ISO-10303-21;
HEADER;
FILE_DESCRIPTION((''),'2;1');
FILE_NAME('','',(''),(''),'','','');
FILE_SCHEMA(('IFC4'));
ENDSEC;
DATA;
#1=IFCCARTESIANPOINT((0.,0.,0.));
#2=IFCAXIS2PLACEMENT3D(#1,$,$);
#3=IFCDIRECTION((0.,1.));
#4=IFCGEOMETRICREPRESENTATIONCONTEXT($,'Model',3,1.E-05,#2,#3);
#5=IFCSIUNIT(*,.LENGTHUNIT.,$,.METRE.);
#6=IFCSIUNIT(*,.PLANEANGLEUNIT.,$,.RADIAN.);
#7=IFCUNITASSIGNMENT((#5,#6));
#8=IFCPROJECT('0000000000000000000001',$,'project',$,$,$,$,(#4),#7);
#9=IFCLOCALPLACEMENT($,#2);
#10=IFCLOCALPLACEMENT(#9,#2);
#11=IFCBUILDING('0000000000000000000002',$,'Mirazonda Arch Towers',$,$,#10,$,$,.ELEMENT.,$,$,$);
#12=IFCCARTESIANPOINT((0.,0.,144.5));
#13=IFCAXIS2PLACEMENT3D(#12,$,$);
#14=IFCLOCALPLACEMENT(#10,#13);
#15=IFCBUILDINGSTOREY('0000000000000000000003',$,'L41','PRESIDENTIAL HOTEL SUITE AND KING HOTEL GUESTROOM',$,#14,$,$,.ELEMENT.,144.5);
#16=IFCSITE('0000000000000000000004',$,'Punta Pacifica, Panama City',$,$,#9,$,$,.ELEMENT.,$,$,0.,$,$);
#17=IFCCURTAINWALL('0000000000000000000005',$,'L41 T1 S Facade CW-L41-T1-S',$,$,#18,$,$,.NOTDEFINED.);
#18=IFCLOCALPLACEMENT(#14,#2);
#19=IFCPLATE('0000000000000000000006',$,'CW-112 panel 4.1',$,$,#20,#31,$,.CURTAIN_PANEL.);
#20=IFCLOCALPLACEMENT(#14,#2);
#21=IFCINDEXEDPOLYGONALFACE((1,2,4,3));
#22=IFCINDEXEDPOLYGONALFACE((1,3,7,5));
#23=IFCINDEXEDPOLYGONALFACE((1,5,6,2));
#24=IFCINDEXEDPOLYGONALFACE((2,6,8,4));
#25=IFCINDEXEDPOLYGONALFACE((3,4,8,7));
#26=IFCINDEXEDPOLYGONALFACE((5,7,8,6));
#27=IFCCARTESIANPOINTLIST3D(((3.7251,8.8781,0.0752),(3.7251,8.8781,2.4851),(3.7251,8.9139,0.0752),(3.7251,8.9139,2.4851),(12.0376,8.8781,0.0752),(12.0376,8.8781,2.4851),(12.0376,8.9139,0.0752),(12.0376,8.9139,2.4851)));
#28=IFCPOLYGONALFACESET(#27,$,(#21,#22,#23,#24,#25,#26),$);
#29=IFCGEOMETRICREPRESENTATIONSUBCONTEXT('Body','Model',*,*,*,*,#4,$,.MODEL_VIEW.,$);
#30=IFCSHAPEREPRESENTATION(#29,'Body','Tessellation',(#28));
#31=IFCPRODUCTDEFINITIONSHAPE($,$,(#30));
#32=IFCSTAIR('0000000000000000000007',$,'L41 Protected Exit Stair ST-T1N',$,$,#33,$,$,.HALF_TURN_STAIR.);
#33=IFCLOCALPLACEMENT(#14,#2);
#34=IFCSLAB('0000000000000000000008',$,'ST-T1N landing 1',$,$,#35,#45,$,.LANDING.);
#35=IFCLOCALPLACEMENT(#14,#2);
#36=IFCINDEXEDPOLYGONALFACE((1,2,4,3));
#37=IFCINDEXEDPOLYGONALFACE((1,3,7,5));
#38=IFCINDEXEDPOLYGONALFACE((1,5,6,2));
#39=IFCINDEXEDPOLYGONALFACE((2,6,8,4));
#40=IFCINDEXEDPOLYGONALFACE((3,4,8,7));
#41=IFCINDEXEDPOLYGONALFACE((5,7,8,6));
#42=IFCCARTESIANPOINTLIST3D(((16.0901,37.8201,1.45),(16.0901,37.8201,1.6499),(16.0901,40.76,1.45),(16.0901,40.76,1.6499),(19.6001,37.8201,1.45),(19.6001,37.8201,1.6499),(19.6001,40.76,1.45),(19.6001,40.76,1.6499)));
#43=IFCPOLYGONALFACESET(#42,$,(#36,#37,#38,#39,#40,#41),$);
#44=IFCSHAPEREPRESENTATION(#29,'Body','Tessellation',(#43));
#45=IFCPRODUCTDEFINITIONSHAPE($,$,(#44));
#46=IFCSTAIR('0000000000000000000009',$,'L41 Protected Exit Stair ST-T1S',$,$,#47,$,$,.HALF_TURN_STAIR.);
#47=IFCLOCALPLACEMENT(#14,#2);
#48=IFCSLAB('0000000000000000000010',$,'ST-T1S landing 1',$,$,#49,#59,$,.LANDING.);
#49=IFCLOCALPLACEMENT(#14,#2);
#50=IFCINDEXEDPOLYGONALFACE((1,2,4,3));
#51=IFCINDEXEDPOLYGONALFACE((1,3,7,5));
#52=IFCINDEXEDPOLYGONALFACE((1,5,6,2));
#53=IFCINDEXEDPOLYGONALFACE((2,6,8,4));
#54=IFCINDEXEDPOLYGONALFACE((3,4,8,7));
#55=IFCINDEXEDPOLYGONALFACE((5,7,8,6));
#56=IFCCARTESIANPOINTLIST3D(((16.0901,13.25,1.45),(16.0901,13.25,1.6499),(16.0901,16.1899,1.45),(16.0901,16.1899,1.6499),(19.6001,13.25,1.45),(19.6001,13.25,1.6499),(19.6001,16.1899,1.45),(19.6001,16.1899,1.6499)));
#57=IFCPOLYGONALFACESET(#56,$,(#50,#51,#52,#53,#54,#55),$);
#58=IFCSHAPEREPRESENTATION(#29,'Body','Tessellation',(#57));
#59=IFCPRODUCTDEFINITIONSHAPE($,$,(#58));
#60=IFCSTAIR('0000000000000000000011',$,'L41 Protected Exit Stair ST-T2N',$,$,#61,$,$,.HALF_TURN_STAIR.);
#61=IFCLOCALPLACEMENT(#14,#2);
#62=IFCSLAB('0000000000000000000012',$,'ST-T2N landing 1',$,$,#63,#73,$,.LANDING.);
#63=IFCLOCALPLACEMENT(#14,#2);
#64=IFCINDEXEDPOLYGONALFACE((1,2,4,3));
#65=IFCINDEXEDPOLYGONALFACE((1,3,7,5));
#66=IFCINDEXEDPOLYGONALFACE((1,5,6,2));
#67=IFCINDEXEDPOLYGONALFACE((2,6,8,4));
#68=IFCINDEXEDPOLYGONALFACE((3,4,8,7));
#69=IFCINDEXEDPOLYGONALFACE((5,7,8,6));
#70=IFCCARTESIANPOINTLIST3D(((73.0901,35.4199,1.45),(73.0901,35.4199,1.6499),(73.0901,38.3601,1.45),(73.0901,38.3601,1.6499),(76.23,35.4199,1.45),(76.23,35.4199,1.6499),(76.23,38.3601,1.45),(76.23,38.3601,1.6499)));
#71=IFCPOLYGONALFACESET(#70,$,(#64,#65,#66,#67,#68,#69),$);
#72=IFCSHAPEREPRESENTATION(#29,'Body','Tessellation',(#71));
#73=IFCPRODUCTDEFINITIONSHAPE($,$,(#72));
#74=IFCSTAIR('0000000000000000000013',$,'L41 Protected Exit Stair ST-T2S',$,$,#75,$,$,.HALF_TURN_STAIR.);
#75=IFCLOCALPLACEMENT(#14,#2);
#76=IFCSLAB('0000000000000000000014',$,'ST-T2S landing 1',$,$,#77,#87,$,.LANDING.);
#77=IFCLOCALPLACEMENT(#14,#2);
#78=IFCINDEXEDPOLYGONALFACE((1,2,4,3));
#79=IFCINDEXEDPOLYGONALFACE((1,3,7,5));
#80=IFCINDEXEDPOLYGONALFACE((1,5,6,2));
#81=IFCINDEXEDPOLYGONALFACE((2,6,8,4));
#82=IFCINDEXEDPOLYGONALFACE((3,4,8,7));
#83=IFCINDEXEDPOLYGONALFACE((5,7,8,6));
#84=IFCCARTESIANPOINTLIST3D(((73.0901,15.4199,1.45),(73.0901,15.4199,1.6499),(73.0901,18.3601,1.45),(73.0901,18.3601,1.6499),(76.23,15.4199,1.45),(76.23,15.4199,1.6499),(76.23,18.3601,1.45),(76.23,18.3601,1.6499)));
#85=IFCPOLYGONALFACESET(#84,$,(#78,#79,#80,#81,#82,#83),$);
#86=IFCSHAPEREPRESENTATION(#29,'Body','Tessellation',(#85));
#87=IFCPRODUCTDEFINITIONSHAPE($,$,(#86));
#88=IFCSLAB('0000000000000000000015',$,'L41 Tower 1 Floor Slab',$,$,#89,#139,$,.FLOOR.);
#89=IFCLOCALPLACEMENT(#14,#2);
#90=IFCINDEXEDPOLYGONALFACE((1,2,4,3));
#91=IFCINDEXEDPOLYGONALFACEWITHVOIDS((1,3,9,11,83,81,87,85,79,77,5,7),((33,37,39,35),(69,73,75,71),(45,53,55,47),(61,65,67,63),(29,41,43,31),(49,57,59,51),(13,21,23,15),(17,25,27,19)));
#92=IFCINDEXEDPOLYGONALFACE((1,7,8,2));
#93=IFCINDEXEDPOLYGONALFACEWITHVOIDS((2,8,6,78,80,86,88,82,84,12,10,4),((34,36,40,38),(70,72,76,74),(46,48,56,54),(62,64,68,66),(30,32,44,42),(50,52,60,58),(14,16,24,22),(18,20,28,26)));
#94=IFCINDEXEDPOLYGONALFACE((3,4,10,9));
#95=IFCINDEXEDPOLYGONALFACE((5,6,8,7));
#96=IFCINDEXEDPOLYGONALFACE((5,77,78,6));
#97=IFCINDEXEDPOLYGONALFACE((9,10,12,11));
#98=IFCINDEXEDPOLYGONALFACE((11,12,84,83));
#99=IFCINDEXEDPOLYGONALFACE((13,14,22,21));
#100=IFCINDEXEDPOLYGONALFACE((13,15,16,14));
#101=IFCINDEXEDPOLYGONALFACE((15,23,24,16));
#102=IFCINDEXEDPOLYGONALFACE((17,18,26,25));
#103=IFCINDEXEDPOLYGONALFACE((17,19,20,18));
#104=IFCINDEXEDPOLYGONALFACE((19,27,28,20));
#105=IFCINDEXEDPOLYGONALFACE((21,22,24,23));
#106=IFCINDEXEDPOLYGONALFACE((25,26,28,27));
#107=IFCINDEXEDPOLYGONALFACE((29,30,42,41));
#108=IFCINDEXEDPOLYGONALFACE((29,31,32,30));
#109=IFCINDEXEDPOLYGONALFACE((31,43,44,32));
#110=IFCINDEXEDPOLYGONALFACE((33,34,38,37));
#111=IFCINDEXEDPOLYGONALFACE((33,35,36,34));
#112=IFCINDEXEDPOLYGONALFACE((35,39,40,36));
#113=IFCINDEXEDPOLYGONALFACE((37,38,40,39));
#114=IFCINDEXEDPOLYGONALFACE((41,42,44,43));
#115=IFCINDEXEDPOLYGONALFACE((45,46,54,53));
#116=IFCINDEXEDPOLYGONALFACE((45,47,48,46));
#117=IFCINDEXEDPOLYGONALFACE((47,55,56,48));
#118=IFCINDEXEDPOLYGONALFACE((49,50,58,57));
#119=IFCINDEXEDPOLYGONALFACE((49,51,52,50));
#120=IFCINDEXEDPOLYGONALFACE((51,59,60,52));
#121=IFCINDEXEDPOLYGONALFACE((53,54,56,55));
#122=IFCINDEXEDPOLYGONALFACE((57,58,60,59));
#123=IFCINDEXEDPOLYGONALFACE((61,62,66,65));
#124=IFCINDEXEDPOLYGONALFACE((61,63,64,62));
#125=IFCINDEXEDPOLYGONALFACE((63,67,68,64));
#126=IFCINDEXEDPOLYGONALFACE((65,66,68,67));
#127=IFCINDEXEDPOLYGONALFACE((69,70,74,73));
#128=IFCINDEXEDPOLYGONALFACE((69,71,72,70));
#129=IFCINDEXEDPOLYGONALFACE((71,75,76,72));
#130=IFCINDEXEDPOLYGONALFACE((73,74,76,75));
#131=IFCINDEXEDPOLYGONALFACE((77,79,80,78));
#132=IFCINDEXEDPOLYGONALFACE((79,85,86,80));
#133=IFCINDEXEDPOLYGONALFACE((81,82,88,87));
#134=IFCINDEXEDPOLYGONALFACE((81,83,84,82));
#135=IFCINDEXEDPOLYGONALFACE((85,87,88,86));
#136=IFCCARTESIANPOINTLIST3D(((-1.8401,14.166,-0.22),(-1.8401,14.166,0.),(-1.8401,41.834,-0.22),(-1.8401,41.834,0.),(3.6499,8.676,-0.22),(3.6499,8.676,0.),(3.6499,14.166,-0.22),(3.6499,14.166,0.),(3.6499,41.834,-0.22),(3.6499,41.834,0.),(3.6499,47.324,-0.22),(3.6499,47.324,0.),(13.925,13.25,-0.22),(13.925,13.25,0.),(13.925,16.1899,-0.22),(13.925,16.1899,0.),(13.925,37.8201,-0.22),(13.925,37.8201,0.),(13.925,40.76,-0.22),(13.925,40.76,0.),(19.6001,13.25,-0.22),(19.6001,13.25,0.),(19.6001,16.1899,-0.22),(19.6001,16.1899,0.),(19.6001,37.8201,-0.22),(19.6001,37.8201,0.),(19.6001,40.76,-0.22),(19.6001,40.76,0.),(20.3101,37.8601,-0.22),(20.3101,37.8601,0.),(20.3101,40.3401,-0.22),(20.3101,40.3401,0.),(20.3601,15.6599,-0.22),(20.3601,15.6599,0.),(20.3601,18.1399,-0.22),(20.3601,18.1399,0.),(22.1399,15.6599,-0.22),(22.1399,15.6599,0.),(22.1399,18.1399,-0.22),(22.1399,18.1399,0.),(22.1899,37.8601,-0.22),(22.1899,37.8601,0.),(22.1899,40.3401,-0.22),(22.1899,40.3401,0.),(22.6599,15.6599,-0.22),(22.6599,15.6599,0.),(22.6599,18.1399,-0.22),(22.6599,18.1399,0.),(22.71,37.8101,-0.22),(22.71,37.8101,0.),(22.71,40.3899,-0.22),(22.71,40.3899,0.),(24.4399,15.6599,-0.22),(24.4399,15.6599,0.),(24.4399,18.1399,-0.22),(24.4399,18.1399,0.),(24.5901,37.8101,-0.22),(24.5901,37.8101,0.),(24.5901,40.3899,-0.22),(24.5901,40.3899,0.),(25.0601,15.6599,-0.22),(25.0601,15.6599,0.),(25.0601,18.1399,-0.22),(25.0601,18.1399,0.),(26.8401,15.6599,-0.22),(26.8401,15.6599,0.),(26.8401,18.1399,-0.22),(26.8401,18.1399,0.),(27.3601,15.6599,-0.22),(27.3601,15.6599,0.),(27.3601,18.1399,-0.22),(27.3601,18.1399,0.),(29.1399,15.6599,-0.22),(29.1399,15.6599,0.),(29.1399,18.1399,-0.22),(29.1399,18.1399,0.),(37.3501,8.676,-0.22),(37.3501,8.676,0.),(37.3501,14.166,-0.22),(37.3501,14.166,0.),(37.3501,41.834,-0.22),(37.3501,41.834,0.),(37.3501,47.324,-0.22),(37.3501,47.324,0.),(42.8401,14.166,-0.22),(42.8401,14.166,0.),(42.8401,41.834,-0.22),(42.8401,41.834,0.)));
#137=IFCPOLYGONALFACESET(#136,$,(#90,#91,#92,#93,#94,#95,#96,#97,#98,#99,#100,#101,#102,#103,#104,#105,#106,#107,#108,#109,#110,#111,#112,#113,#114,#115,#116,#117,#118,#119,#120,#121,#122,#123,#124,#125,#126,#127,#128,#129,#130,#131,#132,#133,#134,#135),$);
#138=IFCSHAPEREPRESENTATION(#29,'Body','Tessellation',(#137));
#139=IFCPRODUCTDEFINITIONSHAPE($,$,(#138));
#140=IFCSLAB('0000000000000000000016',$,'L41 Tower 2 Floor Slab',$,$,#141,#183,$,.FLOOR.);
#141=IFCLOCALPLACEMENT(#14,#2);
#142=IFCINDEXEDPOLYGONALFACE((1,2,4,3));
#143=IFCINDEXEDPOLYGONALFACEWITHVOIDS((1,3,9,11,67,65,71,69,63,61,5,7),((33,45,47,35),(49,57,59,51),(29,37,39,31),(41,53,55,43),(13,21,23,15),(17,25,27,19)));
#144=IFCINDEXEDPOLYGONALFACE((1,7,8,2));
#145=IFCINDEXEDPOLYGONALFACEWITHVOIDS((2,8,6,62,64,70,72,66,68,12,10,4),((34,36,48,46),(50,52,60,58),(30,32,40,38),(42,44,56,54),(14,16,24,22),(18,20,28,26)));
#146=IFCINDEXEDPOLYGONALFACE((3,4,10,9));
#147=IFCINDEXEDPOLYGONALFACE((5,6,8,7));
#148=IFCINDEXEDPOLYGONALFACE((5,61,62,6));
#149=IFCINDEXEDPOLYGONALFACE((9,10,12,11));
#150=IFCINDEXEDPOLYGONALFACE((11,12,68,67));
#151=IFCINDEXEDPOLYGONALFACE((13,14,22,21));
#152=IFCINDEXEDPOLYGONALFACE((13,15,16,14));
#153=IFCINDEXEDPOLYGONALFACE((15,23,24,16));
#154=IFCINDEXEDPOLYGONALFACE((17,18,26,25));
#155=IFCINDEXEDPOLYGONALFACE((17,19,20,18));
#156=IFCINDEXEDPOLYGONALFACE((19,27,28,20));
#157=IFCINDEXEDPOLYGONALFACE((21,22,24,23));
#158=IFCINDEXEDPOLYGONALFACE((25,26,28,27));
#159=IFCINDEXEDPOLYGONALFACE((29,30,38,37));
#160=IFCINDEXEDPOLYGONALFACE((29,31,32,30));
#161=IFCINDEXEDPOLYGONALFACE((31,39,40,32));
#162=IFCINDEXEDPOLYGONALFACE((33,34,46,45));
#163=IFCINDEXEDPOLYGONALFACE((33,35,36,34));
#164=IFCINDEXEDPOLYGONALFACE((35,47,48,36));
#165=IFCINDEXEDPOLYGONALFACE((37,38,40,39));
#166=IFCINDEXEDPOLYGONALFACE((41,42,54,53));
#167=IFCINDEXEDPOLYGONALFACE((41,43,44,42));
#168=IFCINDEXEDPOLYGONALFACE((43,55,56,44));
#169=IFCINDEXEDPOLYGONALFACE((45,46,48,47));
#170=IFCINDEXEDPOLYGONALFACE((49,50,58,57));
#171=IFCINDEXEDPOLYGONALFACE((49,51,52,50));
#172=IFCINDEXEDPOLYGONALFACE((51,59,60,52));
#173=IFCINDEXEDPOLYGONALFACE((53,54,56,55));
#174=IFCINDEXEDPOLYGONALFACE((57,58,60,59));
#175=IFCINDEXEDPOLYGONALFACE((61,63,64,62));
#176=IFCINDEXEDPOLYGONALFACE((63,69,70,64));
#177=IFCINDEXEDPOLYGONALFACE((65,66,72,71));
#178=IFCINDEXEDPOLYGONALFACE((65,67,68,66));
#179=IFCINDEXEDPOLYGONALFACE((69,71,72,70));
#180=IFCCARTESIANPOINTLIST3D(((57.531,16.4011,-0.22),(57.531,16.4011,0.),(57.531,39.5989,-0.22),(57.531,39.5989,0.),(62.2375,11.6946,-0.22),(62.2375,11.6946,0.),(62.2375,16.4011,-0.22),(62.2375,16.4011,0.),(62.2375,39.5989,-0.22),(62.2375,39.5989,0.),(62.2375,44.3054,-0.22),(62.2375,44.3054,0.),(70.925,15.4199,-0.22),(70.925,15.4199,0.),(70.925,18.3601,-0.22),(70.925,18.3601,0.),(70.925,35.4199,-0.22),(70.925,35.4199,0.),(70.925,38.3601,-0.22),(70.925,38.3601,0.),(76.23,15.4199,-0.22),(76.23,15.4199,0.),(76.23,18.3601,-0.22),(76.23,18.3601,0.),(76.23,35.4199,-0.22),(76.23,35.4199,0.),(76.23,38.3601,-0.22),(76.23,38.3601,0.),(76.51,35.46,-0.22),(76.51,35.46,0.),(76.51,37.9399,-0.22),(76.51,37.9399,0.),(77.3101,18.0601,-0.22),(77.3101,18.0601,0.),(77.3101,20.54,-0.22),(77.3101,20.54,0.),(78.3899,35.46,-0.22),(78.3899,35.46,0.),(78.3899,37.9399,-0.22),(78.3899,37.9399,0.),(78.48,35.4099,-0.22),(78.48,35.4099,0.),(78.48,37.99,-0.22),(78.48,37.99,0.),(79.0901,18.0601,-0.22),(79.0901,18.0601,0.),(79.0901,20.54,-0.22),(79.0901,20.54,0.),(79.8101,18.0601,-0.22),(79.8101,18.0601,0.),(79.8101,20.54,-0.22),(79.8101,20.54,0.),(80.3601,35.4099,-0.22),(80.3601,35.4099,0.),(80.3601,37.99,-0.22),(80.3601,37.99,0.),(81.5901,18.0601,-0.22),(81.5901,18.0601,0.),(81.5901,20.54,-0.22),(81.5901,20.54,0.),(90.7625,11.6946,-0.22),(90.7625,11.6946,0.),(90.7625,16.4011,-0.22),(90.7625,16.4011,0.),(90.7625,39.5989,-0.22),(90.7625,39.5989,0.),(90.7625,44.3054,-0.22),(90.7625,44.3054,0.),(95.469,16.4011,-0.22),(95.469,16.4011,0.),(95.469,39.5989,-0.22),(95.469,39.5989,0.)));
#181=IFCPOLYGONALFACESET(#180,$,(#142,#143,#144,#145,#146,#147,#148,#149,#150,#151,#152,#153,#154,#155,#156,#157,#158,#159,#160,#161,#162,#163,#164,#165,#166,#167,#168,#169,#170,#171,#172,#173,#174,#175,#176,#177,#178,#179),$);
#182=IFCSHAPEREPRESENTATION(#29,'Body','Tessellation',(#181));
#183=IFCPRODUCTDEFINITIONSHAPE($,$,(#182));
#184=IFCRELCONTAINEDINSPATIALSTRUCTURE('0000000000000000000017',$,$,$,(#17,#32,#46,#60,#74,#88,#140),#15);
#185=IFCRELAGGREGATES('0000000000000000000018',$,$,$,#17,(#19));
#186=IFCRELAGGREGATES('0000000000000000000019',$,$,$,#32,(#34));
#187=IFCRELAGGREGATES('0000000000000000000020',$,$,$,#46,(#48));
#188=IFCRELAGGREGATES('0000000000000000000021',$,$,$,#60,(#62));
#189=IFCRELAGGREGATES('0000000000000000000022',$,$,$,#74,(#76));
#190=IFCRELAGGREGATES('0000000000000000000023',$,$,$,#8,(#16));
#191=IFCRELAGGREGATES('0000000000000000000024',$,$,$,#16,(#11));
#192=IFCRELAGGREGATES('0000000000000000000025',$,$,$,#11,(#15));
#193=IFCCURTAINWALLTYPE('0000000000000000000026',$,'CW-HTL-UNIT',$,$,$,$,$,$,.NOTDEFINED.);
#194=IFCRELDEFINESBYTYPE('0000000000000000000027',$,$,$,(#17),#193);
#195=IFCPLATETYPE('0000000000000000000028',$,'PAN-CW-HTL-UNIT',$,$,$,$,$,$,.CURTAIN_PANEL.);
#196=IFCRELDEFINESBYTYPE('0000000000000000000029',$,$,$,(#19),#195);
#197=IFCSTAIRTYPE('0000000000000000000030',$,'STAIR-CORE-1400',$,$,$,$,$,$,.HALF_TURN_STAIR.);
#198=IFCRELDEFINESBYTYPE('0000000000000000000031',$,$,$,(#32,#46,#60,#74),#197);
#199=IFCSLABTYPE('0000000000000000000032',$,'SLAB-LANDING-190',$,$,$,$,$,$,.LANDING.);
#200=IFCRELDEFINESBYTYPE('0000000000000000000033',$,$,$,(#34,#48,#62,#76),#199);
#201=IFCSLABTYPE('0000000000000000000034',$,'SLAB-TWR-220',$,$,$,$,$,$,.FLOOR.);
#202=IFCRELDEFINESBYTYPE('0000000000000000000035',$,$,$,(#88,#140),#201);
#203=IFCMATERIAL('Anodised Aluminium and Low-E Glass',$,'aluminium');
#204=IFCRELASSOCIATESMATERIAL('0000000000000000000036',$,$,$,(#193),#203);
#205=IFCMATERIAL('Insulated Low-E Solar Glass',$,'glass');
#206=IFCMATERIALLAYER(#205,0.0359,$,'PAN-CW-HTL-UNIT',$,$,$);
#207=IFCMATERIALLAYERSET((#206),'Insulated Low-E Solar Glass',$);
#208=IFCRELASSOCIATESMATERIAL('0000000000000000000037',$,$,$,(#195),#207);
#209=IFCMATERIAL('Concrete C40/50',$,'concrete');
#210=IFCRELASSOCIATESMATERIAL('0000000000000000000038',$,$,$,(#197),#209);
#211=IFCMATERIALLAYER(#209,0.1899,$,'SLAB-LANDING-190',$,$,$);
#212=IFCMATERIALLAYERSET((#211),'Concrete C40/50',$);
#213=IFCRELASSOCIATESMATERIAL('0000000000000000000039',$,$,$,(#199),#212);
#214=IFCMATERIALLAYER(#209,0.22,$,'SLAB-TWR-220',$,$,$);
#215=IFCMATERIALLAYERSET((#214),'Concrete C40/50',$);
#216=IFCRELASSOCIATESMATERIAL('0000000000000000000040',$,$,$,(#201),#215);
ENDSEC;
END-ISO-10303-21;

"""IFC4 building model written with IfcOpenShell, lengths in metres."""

from ifc_helpers import new_model, si_unit, direction, frame, origin, origin_2d, place, context, subcontext, project, spatial, polyline, rectangle, outline, extrude, material, layer, layer_set, type_object, element, aggregate, save


model = new_model("IFC4")

# Units and contexts
model_context = context("Model", 3, precision=1e-05, world=origin(), true_north=direction((0.0, 1.0)))
body_context = subcontext(model_context, "Body", "Model", "MODEL_VIEW")
ifc_project = project(units=[si_unit("LENGTHUNIT", "METRE"), si_unit("PLANEANGLEUNIT", "RADIAN")], contexts=[model_context])

# Site, building, storey
site_placement = place(None, origin())
site = spatial("IfcSite", under=ifc_project, at=site_placement, Name="Punta Pacifica, Panama City", CompositionType="ELEMENT", RefElevation=0.0)
building_placement = place(site_placement, origin())
building = spatial("IfcBuilding", under=site, at=building_placement, Name="Mirazonda Arch Towers", CompositionType="ELEMENT")
storey_placement = place(building_placement, frame((0.0, 0.0, 144.5)))
storey = spatial("IfcBuildingStorey", under=building, at=storey_placement, Name="L41", Description="PRESIDENTIAL HOTEL SUITE AND KING HOTEL GUESTROOM", CompositionType="ELEMENT", Elevation=144.5)

# Curtain wall
ifc_material_1 = material(Name="Anodised Aluminium and Low-E Glass", Category="aluminium")
curtain_wall_type = type_object("IfcCurtainWallType", Name="CW-HTL-UNIT", PredefinedType="NOTDEFINED", material=ifc_material_1)
curtain_wall_1_placement = place(storey_placement, origin())
curtain_wall_1 = element("IfcCurtainWall", 1, at=curtain_wall_1_placement, inside=storey, type_object=curtain_wall_type, Name="L41 T1 S Facade CW-L41-T1-S", PredefinedType="NOTDEFINED")

# Plate
ifc_material_2 = material(Name="Insulated Low-E Solar Glass", Category="glass")
ifc_layer_1 = layer(ifc_material_2, 0.0359, Name="PAN-CW-HTL-UNIT")
ifc_layer_set_1 = layer_set([ifc_layer_1], Name="Insulated Low-E Solar Glass")
plate_type = type_object("IfcPlateType", Name="PAN-CW-HTL-UNIT", PredefinedType="CURTAIN_PANEL", material=ifc_layer_set_1)
plate_placement = place(storey_placement, frame((7.8813, 8.896, 0.0752), z_axis=(0.0, 0.0, 1.0), x_axis=(-1.0, 0.0, 0.0)))
plate = element("IfcPlate", 2, at=plate_placement, type_object=plate_type, Name="CW-112 panel 4.1", PredefinedType="CURTAIN_PANEL", context=body_context, shape_type="SweptSolid", body=[
    extrude(rectangle(XDim=8.3125, YDim=0.0359, at=origin_2d()), origin(), (0.0, 0.0, 1.0), 2.4099),
])
aggregate(curtain_wall_1, [plate])

# Stairs, slabs
ifc_material_3 = material(Name="Concrete C40/50", Category="concrete")
stair_type = type_object("IfcStairType", Name="STAIR-CORE-1400", PredefinedType="HALF_TURN_STAIR", material=ifc_material_3)
stair_1_placement = place(storey_placement, origin())
stair_1 = element("IfcStair", 3, at=stair_1_placement, inside=storey, type_object=stair_type, Name="L41 Protected Exit Stair ST-T1N", PredefinedType="HALF_TURN_STAIR")
ifc_layer_2 = layer(ifc_material_3, 0.1899, Name="SLAB-LANDING-190")
ifc_layer_set_2 = layer_set([ifc_layer_2], Name="Concrete C40/50")
slab_type_1 = type_object("IfcSlabType", Name="SLAB-LANDING-190", PredefinedType="LANDING", material=ifc_layer_set_2)
slab_1_placement = place(storey_placement, frame((0.0, 0.0, 1.45)))
slab_1 = element("IfcSlab", 4, at=slab_1_placement, type_object=slab_type_1, Name="ST-T1N landing 1", PredefinedType="LANDING", context=body_context, shape_type="SweptSolid", body=[
    extrude(outline(polyline([(16.0901, 37.8201), (19.6001, 37.8201), (19.6001, 40.76), (16.0901, 40.76), (16.0901, 37.8201)])), origin(), (0.0, 0.0, 1.0), 0.2),
])
aggregate(stair_1, [slab_1])
stair_2_placement = place(storey_placement, origin())
stair_2 = element("IfcStair", 5, at=stair_2_placement, inside=storey, type_object=stair_type, Name="L41 Protected Exit Stair ST-T1S", PredefinedType="HALF_TURN_STAIR")
slab_2_placement = place(storey_placement, frame((0.0, 0.0, 1.45)))
slab_2 = element("IfcSlab", 6, at=slab_2_placement, type_object=slab_type_1, Name="ST-T1S landing 1", PredefinedType="LANDING", context=body_context, shape_type="SweptSolid", body=[
    extrude(outline(polyline([(16.0901, 13.25), (19.6001, 13.25), (19.6001, 16.1899), (16.0901, 16.1899), (16.0901, 13.25)])), origin(), (0.0, 0.0, 1.0), 0.2),
])
aggregate(stair_2, [slab_2])
stair_3_placement = place(storey_placement, origin())
stair_3 = element("IfcStair", 7, at=stair_3_placement, inside=storey, type_object=stair_type, Name="L41 Protected Exit Stair ST-T2N", PredefinedType="HALF_TURN_STAIR")
slab_3_placement = place(storey_placement, frame((0.0, 0.0, 1.45)))
slab_3 = element("IfcSlab", 8, at=slab_3_placement, type_object=slab_type_1, Name="ST-T2N landing 1", PredefinedType="LANDING", context=body_context, shape_type="SweptSolid", body=[
    extrude(outline(polyline([(73.0901, 35.4199), (76.23, 35.4199), (76.23, 38.3601), (73.0901, 38.3601), (73.0901, 35.4199)])), origin(), (0.0, 0.0, 1.0), 0.2),
])
aggregate(stair_3, [slab_3])
stair_4_placement = place(storey_placement, origin())
stair_4 = element("IfcStair", 9, at=stair_4_placement, inside=storey, type_object=stair_type, Name="L41 Protected Exit Stair ST-T2S", PredefinedType="HALF_TURN_STAIR")
slab_4_placement = place(storey_placement, frame((0.0, 0.0, 1.45)))
slab_4 = element("IfcSlab", 10, at=slab_4_placement, type_object=slab_type_1, Name="ST-T2S landing 1", PredefinedType="LANDING", context=body_context, shape_type="SweptSolid", body=[
    extrude(outline(polyline([(73.0901, 15.4199), (76.23, 15.4199), (76.23, 18.3601), (73.0901, 18.3601), (73.0901, 15.4199)])), origin(), (0.0, 0.0, 1.0), 0.2),
])
aggregate(stair_4, [slab_4])

# Slabs
ifc_layer_3 = layer(ifc_material_3, 0.22, Name="SLAB-TWR-220")
ifc_layer_set_3 = layer_set([ifc_layer_3], Name="Concrete C40/50")
slab_type_2 = type_object("IfcSlabType", Name="SLAB-TWR-220", PredefinedType="FLOOR", material=ifc_layer_set_3)
slab_5_placement = place(storey_placement, frame((0.0, 0.0, -0.22)))
element("IfcSlab", 11, at=slab_5_placement, inside=storey, type_object=slab_type_2, Name="L41 Tower 1 Floor Slab", PredefinedType="FLOOR", context=body_context, shape_type="SweptSolid", body=[
    extrude(outline(polyline([(3.6499, 8.676), (37.3501, 8.676), (37.3501, 14.166), (42.8401, 14.166), (42.8401, 41.834), (37.3501, 41.834), (37.3501, 47.324), (3.6499, 47.324), (3.6499, 41.834), (-1.8401, 41.834), (-1.8401, 14.166), (3.6499, 14.166), (3.6499, 8.676)]), holes=[polyline([(27.3601, 18.1399), (29.1399, 18.1399), (29.1399, 15.6599), (27.3601, 15.6599), (27.3601, 18.1399)]), polyline([(25.0601, 18.1399), (26.8401, 18.1399), (26.8401, 15.6599), (25.0601, 15.6599), (25.0601, 18.1399)]), polyline([(22.71, 40.3899), (24.5901, 40.3899), (24.5901, 37.8101), (22.71, 37.8101), (22.71, 40.3899)]), polyline([(22.6599, 18.1399), (24.4399, 18.1399), (24.4399, 15.6599), (22.6599, 15.6599), (22.6599, 18.1399)]), polyline([(20.3101, 40.3401), (22.1899, 40.3401), (22.1899, 37.8601), (20.3101, 37.8601), (20.3101, 40.3401)]), polyline([(20.3601, 18.1399), (22.1399, 18.1399), (22.1399, 15.6599), (20.3601, 15.6599), (20.3601, 18.1399)]), polyline([(13.925, 13.25), (13.925, 16.1899), (19.6001, 16.1899), (19.6001, 13.25), (13.925, 13.25)]), polyline([(13.925, 37.8201), (13.925, 40.76), (19.6001, 40.76), (19.6001, 37.8201), (13.925, 37.8201)])]), origin(), (0.0, 0.0, 1.0), 0.22),
])
slab_6_placement = place(storey_placement, frame((0.0, 0.0, -0.22)))
element("IfcSlab", 12, at=slab_6_placement, inside=storey, type_object=slab_type_2, Name="L41 Tower 2 Floor Slab", PredefinedType="FLOOR", context=body_context, shape_type="SweptSolid", body=[
    extrude(outline(polyline([(62.2375, 11.6946), (90.7625, 11.6946), (90.7625, 16.4011), (95.469, 16.4011), (95.469, 39.5989), (90.7625, 39.5989), (90.7625, 44.3054), (62.2375, 44.3054), (62.2375, 39.5989), (57.531, 39.5989), (57.531, 16.4011), (62.2375, 16.4011), (62.2375, 11.6946)]), holes=[polyline([(79.8101, 20.54), (81.5901, 20.54), (81.5901, 18.0601), (79.8101, 18.0601), (79.8101, 20.54)]), polyline([(78.48, 37.99), (80.3601, 37.99), (80.3601, 35.4099), (78.48, 35.4099), (78.48, 37.99)]), polyline([(77.3101, 20.54), (79.0901, 20.54), (79.0901, 18.0601), (77.3101, 18.0601), (77.3101, 20.54)]), polyline([(76.51, 35.46), (76.51, 37.9399), (78.3899, 37.9399), (78.3899, 35.46), (76.51, 35.46)]), polyline([(76.23, 15.4199), (70.925, 15.4199), (70.925, 18.3601), (76.23, 18.3601), (76.23, 15.4199)]), polyline([(70.925, 35.4199), (70.925, 38.3601), (76.23, 38.3601), (76.23, 35.4199), (70.925, 35.4199)])]), origin(), (0.0, 0.0, 1.0), 0.22),
])

save(model, "model.ifc")
